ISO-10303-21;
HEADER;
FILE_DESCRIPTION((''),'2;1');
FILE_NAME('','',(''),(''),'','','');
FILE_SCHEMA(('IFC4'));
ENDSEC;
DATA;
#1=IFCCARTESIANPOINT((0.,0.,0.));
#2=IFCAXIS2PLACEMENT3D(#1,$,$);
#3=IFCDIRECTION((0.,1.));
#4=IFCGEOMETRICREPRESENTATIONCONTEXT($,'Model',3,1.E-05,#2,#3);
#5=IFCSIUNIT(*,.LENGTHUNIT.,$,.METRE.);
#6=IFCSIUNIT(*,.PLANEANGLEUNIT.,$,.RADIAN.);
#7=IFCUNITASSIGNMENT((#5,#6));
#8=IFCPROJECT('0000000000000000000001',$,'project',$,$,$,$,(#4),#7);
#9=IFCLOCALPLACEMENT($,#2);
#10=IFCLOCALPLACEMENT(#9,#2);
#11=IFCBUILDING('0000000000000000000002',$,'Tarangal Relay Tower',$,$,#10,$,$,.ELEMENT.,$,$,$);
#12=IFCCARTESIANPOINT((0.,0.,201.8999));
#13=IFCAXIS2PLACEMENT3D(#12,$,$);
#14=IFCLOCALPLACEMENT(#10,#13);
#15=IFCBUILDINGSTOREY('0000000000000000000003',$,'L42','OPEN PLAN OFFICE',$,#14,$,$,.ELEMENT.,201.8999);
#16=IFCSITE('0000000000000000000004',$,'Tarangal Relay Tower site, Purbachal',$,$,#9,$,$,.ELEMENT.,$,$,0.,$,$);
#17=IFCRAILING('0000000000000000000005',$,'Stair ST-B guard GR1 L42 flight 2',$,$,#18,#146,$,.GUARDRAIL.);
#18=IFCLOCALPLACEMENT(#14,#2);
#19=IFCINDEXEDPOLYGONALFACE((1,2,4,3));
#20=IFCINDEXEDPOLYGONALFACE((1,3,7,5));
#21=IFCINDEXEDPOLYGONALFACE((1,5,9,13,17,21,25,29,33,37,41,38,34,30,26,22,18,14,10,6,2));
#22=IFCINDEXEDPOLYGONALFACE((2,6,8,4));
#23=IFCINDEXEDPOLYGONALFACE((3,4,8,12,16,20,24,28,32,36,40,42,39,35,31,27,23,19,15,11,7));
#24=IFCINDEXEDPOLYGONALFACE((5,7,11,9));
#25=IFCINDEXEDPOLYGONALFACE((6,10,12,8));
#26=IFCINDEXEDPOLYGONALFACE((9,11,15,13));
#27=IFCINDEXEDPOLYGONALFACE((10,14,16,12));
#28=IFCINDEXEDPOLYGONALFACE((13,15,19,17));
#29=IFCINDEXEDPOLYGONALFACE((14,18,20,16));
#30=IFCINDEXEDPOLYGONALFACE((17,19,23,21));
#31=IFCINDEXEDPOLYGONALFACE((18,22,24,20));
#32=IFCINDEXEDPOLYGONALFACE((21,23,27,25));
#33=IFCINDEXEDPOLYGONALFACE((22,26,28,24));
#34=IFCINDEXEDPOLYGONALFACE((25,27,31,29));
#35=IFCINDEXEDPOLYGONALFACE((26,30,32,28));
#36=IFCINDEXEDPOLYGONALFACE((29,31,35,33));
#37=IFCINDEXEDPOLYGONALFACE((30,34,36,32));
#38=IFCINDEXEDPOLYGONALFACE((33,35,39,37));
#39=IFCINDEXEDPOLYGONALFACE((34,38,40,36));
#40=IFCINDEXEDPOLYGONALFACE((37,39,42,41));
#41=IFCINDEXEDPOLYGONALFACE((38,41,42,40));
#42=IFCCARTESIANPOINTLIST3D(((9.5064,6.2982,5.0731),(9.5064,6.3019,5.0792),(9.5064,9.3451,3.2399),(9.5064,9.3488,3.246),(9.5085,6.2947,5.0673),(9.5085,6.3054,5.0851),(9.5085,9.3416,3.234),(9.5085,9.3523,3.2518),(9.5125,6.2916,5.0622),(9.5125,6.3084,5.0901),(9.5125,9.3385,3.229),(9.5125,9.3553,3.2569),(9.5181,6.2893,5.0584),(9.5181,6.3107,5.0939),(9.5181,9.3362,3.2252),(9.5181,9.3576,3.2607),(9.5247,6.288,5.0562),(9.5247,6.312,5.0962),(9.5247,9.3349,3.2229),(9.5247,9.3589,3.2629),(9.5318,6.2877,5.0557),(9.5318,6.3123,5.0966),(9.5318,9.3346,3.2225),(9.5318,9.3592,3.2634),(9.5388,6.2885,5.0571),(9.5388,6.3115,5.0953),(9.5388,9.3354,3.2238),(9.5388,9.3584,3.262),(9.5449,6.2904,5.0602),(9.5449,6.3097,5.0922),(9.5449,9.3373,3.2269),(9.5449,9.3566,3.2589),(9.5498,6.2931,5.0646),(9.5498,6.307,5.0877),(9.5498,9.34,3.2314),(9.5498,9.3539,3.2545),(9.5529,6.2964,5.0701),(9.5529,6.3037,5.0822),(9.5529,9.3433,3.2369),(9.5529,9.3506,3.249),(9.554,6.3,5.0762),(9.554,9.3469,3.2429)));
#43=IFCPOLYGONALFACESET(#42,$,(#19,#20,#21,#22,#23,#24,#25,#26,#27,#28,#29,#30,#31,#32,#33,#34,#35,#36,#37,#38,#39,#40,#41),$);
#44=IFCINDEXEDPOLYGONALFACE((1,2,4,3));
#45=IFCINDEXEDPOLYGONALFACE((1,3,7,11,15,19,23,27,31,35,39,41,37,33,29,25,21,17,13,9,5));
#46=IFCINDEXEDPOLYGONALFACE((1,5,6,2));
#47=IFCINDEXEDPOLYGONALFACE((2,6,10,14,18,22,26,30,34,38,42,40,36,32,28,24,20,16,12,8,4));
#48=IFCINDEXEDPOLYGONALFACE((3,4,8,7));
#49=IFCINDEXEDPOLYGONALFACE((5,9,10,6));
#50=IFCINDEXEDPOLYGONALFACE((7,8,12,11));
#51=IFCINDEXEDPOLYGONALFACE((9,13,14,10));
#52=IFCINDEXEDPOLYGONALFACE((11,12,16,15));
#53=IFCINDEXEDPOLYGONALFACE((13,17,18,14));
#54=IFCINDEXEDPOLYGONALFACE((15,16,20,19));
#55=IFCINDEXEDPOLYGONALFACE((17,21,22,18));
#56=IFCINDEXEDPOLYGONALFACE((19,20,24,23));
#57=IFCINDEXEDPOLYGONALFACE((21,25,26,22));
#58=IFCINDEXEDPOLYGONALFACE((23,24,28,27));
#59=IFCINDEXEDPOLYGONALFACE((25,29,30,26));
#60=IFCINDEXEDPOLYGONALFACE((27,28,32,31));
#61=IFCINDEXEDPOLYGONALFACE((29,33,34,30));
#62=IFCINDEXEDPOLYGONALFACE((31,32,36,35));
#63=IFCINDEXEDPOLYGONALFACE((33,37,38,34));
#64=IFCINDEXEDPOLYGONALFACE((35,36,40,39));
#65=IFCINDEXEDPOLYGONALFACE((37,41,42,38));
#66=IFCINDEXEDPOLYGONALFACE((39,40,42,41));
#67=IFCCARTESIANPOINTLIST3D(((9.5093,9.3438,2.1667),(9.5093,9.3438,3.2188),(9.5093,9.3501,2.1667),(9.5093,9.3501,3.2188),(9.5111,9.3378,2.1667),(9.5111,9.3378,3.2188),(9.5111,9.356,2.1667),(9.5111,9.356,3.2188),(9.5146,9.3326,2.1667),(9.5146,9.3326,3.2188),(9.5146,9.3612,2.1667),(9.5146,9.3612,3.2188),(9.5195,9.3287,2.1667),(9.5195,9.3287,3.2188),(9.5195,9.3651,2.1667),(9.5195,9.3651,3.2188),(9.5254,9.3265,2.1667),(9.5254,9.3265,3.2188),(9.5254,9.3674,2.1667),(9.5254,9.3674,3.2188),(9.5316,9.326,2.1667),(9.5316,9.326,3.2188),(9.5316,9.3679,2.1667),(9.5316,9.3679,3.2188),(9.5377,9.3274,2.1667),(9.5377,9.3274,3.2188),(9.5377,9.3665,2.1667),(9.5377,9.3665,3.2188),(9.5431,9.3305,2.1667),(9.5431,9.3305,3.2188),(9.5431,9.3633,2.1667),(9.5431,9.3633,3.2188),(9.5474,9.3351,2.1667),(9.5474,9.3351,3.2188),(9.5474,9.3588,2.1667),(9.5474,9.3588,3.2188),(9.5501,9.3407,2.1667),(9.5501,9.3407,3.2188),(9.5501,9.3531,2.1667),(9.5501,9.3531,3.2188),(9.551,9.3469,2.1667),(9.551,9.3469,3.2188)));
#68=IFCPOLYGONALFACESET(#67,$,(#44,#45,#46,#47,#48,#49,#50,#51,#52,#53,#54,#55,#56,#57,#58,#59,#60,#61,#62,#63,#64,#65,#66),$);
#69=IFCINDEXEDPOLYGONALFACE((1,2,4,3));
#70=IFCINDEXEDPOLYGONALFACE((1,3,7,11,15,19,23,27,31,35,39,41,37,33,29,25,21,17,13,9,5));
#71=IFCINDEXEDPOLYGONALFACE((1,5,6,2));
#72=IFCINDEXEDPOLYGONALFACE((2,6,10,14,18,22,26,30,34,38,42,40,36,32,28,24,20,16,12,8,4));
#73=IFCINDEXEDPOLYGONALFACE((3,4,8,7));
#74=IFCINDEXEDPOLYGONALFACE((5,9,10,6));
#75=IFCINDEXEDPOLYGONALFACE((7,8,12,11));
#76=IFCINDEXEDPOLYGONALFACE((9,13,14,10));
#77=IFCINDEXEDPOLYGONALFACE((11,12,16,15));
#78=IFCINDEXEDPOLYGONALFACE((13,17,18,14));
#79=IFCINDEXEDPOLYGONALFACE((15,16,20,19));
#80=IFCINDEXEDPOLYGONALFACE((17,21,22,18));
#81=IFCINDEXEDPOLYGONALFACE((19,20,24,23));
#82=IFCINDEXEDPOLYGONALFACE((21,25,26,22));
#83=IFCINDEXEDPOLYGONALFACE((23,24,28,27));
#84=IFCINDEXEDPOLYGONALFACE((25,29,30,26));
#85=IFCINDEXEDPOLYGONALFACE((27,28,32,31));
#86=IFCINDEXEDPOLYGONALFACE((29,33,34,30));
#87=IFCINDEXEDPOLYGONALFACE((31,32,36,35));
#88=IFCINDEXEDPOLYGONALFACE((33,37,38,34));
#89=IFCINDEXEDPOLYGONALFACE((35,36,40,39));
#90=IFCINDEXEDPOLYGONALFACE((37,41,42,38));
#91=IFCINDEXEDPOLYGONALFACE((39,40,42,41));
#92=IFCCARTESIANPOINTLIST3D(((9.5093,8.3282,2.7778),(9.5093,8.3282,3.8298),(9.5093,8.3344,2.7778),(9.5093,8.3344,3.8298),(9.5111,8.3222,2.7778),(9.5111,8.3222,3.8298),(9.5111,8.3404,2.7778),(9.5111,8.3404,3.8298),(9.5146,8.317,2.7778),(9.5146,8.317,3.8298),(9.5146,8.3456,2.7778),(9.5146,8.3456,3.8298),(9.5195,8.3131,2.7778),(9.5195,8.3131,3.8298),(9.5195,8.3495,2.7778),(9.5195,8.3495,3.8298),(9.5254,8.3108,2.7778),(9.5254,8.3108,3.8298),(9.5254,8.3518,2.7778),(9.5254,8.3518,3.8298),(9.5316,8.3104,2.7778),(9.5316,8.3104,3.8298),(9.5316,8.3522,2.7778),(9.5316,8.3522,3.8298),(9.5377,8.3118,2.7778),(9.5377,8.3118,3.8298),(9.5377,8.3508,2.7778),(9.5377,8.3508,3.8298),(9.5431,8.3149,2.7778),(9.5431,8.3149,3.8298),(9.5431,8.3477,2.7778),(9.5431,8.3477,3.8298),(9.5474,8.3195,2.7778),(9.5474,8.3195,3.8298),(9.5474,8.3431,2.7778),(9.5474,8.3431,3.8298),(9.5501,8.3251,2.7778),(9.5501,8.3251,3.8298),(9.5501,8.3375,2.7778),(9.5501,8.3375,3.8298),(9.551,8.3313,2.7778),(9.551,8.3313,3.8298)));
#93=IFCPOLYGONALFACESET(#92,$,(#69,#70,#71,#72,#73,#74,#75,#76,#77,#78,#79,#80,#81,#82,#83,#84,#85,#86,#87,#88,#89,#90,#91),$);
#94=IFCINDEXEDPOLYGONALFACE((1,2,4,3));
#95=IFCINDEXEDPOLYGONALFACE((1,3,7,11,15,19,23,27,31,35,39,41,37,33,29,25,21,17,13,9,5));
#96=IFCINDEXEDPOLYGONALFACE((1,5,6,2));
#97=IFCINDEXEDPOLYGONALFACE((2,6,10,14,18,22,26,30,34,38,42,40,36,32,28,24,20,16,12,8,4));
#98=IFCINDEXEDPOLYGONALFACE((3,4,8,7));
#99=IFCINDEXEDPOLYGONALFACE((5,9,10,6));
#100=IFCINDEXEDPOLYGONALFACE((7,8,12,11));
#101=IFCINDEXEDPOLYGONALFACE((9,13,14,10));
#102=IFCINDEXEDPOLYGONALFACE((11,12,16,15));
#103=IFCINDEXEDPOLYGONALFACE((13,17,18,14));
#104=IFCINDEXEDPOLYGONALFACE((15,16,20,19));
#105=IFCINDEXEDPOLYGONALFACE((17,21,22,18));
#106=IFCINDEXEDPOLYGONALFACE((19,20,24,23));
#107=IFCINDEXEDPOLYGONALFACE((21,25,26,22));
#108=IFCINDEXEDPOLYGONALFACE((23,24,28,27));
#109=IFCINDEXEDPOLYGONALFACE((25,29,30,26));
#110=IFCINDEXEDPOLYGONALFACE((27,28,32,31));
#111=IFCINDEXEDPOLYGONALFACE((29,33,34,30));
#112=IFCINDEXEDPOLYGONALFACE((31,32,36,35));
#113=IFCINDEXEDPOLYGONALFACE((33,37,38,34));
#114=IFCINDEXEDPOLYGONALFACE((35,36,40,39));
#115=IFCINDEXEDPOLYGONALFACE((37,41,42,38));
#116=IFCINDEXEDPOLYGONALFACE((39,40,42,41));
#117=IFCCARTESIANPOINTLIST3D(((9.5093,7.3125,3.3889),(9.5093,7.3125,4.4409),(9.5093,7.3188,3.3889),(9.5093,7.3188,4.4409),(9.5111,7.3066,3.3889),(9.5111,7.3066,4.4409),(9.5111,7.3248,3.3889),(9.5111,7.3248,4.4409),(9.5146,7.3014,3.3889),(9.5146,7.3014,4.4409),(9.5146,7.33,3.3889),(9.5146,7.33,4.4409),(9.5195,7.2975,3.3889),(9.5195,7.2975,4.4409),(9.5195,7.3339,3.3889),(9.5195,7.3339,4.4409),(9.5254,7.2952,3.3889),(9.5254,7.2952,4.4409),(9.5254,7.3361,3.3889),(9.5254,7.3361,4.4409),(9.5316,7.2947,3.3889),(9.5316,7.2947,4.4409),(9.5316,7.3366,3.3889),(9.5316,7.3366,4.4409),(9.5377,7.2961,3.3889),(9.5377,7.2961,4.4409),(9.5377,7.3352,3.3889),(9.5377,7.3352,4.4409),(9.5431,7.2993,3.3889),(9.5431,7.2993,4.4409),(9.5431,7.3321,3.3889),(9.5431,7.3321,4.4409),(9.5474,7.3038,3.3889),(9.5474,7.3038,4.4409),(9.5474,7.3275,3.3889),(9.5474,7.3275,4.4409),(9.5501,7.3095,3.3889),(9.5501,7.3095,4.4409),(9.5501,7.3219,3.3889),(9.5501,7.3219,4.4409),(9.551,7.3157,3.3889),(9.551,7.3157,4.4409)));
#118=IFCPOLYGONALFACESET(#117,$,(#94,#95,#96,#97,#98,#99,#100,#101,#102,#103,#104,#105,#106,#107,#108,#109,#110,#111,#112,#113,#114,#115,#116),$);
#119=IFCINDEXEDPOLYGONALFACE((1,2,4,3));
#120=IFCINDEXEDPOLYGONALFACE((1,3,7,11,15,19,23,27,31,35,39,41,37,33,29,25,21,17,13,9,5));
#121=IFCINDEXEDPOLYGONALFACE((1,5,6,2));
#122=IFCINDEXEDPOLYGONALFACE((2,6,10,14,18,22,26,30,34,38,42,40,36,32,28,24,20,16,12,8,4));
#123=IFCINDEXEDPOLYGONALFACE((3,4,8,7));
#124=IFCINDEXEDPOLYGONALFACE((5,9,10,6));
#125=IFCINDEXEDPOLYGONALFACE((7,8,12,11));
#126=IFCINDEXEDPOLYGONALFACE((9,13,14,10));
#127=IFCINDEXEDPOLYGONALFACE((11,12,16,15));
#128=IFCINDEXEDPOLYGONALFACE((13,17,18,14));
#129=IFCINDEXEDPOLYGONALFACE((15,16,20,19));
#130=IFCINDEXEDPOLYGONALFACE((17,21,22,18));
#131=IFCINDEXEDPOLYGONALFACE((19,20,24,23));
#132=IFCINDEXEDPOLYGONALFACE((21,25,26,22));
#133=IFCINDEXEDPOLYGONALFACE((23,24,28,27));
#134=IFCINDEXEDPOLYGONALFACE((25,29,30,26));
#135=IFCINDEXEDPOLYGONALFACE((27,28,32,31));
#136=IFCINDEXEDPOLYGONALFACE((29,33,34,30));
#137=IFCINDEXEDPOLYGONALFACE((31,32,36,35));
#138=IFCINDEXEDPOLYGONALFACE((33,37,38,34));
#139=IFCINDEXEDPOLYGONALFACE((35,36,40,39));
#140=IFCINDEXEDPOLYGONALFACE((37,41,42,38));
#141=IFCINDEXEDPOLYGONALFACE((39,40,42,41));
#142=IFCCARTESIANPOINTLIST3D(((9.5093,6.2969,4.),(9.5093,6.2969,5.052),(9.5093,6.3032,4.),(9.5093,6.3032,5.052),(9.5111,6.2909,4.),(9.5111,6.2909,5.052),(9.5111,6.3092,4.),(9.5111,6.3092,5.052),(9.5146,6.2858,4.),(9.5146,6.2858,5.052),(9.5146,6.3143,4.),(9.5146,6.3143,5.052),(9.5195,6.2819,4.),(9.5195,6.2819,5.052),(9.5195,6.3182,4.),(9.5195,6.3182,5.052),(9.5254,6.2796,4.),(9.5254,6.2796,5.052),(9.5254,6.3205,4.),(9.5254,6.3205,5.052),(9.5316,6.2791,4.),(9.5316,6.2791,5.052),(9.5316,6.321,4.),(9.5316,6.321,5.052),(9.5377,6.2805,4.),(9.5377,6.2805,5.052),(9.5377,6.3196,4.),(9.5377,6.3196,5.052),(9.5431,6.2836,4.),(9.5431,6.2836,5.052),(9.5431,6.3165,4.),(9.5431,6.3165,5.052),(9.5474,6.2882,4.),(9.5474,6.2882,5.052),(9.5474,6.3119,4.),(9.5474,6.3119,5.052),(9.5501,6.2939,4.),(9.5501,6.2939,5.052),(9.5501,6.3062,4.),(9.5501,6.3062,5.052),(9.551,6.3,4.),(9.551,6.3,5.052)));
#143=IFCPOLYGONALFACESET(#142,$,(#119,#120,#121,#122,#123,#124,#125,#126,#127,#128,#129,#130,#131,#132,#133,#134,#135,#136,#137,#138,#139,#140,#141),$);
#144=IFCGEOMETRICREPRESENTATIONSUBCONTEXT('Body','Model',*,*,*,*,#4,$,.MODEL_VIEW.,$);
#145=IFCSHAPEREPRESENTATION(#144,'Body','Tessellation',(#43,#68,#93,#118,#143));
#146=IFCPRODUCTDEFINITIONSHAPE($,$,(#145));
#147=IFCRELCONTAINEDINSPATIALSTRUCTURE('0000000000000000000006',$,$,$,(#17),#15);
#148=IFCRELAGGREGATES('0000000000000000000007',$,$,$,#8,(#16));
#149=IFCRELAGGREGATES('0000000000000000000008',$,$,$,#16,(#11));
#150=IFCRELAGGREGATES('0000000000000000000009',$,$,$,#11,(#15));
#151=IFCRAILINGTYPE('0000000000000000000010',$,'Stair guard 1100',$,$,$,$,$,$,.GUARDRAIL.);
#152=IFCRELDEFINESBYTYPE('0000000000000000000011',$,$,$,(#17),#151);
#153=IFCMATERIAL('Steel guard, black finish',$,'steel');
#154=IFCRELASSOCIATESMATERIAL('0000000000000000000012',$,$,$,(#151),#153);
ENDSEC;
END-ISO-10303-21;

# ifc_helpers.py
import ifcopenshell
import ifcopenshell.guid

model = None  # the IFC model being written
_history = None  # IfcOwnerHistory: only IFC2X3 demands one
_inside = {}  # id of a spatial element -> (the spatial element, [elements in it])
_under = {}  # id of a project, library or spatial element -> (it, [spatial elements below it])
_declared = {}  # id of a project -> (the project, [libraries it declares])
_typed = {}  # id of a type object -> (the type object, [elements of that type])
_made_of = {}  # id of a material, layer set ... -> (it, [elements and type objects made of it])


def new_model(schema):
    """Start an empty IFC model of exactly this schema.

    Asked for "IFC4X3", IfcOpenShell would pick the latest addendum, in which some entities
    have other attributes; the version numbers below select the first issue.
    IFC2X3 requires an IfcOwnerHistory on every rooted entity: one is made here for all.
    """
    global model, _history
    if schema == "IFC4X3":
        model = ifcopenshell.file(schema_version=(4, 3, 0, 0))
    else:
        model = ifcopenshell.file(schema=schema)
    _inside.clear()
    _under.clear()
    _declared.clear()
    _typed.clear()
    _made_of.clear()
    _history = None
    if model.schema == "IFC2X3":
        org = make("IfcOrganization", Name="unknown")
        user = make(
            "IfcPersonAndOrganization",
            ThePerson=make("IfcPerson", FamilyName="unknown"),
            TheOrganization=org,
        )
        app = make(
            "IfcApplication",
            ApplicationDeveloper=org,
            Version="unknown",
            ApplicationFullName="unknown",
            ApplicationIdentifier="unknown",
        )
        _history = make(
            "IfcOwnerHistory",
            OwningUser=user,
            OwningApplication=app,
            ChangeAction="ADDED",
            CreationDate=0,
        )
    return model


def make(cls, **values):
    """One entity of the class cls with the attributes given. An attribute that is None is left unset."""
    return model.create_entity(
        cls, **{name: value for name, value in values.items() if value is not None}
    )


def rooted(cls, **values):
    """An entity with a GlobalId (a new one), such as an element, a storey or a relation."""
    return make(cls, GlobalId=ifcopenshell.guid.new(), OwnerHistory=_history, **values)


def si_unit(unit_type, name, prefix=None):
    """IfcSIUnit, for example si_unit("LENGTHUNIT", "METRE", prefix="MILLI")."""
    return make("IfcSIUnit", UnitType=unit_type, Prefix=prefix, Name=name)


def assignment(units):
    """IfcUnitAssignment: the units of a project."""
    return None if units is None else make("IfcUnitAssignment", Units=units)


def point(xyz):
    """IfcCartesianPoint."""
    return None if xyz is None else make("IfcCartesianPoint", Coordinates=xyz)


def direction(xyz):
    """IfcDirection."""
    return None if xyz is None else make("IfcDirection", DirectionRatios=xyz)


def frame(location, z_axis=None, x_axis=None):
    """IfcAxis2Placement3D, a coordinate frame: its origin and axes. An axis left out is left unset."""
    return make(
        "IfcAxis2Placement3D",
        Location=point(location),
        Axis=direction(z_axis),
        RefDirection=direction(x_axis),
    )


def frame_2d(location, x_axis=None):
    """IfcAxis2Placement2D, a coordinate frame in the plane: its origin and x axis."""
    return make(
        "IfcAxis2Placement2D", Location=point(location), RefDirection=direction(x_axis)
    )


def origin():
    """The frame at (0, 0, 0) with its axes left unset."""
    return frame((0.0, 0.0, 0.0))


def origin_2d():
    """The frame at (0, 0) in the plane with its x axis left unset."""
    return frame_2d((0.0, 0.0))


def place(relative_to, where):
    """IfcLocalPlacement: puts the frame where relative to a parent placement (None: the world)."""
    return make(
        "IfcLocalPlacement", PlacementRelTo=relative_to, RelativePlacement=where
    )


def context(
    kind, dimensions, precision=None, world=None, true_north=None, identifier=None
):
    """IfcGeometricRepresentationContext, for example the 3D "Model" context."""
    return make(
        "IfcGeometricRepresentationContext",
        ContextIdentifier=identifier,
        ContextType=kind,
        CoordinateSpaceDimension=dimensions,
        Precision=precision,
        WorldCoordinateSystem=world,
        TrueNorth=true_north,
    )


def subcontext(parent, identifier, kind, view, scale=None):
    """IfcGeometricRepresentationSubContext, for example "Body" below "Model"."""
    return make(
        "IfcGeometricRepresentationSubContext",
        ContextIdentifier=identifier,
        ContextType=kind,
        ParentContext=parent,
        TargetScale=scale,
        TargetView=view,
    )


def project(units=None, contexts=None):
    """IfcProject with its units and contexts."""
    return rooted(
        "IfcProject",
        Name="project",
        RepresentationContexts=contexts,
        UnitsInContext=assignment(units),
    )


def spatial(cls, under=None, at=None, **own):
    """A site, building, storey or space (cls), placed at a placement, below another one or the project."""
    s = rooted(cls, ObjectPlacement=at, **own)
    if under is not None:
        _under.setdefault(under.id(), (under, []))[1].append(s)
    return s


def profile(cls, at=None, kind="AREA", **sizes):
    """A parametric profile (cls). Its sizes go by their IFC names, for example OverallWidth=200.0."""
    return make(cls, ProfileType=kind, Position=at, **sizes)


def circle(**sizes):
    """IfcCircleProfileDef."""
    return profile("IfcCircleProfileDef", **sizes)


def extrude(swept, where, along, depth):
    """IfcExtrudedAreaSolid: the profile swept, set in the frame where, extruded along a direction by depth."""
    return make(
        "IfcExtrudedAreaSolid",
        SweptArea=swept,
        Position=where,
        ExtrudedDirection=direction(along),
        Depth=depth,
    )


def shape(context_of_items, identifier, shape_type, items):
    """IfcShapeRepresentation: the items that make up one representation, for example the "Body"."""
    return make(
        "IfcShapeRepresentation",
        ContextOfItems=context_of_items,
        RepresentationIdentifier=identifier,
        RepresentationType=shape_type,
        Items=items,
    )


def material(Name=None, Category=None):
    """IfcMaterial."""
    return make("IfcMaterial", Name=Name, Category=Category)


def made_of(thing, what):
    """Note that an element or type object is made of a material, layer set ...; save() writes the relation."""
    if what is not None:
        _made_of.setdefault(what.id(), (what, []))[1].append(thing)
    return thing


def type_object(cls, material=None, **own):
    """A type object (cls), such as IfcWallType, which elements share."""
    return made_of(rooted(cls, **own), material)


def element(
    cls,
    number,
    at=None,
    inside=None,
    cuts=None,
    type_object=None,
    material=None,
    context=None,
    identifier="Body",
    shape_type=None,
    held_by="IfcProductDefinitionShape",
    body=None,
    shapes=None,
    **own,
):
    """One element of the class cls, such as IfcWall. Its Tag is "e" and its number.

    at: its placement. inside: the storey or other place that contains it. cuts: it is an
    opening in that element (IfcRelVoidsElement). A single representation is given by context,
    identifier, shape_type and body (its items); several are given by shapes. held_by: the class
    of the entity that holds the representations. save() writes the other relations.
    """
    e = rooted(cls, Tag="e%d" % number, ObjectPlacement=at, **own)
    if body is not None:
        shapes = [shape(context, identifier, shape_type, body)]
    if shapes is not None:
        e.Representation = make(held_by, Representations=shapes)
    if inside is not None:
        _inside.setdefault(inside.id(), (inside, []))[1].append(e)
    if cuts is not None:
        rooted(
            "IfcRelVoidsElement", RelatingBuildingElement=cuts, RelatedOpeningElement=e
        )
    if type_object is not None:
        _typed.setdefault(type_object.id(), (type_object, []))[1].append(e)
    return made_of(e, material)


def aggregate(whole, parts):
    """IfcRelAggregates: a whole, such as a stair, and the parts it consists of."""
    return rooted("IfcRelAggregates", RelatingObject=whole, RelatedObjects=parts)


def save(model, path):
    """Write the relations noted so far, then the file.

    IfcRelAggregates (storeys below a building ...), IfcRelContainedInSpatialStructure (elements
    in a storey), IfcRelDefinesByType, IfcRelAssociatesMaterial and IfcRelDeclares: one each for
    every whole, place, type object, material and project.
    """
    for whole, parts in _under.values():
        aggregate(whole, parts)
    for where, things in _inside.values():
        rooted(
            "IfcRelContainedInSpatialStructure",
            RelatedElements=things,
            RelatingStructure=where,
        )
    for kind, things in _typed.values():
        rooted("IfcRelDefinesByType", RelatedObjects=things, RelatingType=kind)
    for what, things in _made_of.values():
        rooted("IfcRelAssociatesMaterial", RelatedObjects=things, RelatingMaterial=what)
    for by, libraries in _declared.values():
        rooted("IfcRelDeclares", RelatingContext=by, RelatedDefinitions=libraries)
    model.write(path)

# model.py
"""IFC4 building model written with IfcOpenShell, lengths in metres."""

from ifc_helpers import new_model, si_unit, direction, frame, origin, origin_2d, place, context, subcontext, project, spatial, circle, extrude, material, type_object, element, save


model = new_model("IFC4")

# Units and contexts
model_context = context("Model", 3, precision=1e-05, world=origin(), true_north=direction((0.0, 1.0)))
body_context = subcontext(model_context, "Body", "Model", "MODEL_VIEW")
ifc_project = project(units=[si_unit("LENGTHUNIT", "METRE"), si_unit("PLANEANGLEUNIT", "RADIAN")], contexts=[model_context])

# Site, building, storey
site_placement = place(None, origin())
site = spatial("IfcSite", under=ifc_project, at=site_placement, Name="Tarangal Relay Tower site, Purbachal", CompositionType="ELEMENT", RefElevation=0.0)
building_placement = place(site_placement, origin())
building = spatial("IfcBuilding", under=site, at=building_placement, Name="Tarangal Relay Tower", CompositionType="ELEMENT")
storey_placement = place(building_placement, frame((0.0, 0.0, 201.8999)))
storey = spatial("IfcBuildingStorey", under=building, at=storey_placement, Name="L42", Description="OPEN PLAN OFFICE", CompositionType="ELEMENT", Elevation=201.8999)

# Railing
ifc_material_1 = material(Name="Steel guard, black finish", Category="steel")
railing_type_1 = type_object("IfcRailingType", Name="Stair guard 1100", PredefinedType="GUARDRAIL", material=ifc_material_1)
railing_1_placement = place(storey_placement, frame((9.53, 9.3469, 2.1667)))
element("IfcRailing", 1, at=railing_1_placement, inside=storey, type_object=railing_type_1, Name="Stair ST-B guard GR1 L42 flight 2", PredefinedType="GUARDRAIL", context=body_context, shape_type="SweptSolid", body=[
    extrude(circle(Radius=0.0239, at=origin_2d()), frame((0.0, 0.0, 1.0762), z_axis=(0.0, -0.856856, 0.515556), x_axis=(1.0, 0.0, 0.0)), (0.0, 0.0, 1.0), 3.5559),
    extrude(circle(Radius=0.021, at=origin_2d()), origin(), (0.0, 0.0, 1.0), 1.052),
    extrude(circle(Radius=0.021, at=origin_2d()), frame((0.0, -1.0156, 0.6111)), (0.0, 0.0, 1.0), 1.052),
    extrude(circle(Radius=0.021, at=origin_2d()), frame((0.0, -2.0312, 1.2222)), (0.0, 0.0, 1.0), 1.052),
    extrude(circle(Radius=0.021, at=origin_2d()), frame((0.0, -3.0469, 1.8333)), (0.0, 0.0, 1.0), 1.052),
])

save(model, "model.ifc")
